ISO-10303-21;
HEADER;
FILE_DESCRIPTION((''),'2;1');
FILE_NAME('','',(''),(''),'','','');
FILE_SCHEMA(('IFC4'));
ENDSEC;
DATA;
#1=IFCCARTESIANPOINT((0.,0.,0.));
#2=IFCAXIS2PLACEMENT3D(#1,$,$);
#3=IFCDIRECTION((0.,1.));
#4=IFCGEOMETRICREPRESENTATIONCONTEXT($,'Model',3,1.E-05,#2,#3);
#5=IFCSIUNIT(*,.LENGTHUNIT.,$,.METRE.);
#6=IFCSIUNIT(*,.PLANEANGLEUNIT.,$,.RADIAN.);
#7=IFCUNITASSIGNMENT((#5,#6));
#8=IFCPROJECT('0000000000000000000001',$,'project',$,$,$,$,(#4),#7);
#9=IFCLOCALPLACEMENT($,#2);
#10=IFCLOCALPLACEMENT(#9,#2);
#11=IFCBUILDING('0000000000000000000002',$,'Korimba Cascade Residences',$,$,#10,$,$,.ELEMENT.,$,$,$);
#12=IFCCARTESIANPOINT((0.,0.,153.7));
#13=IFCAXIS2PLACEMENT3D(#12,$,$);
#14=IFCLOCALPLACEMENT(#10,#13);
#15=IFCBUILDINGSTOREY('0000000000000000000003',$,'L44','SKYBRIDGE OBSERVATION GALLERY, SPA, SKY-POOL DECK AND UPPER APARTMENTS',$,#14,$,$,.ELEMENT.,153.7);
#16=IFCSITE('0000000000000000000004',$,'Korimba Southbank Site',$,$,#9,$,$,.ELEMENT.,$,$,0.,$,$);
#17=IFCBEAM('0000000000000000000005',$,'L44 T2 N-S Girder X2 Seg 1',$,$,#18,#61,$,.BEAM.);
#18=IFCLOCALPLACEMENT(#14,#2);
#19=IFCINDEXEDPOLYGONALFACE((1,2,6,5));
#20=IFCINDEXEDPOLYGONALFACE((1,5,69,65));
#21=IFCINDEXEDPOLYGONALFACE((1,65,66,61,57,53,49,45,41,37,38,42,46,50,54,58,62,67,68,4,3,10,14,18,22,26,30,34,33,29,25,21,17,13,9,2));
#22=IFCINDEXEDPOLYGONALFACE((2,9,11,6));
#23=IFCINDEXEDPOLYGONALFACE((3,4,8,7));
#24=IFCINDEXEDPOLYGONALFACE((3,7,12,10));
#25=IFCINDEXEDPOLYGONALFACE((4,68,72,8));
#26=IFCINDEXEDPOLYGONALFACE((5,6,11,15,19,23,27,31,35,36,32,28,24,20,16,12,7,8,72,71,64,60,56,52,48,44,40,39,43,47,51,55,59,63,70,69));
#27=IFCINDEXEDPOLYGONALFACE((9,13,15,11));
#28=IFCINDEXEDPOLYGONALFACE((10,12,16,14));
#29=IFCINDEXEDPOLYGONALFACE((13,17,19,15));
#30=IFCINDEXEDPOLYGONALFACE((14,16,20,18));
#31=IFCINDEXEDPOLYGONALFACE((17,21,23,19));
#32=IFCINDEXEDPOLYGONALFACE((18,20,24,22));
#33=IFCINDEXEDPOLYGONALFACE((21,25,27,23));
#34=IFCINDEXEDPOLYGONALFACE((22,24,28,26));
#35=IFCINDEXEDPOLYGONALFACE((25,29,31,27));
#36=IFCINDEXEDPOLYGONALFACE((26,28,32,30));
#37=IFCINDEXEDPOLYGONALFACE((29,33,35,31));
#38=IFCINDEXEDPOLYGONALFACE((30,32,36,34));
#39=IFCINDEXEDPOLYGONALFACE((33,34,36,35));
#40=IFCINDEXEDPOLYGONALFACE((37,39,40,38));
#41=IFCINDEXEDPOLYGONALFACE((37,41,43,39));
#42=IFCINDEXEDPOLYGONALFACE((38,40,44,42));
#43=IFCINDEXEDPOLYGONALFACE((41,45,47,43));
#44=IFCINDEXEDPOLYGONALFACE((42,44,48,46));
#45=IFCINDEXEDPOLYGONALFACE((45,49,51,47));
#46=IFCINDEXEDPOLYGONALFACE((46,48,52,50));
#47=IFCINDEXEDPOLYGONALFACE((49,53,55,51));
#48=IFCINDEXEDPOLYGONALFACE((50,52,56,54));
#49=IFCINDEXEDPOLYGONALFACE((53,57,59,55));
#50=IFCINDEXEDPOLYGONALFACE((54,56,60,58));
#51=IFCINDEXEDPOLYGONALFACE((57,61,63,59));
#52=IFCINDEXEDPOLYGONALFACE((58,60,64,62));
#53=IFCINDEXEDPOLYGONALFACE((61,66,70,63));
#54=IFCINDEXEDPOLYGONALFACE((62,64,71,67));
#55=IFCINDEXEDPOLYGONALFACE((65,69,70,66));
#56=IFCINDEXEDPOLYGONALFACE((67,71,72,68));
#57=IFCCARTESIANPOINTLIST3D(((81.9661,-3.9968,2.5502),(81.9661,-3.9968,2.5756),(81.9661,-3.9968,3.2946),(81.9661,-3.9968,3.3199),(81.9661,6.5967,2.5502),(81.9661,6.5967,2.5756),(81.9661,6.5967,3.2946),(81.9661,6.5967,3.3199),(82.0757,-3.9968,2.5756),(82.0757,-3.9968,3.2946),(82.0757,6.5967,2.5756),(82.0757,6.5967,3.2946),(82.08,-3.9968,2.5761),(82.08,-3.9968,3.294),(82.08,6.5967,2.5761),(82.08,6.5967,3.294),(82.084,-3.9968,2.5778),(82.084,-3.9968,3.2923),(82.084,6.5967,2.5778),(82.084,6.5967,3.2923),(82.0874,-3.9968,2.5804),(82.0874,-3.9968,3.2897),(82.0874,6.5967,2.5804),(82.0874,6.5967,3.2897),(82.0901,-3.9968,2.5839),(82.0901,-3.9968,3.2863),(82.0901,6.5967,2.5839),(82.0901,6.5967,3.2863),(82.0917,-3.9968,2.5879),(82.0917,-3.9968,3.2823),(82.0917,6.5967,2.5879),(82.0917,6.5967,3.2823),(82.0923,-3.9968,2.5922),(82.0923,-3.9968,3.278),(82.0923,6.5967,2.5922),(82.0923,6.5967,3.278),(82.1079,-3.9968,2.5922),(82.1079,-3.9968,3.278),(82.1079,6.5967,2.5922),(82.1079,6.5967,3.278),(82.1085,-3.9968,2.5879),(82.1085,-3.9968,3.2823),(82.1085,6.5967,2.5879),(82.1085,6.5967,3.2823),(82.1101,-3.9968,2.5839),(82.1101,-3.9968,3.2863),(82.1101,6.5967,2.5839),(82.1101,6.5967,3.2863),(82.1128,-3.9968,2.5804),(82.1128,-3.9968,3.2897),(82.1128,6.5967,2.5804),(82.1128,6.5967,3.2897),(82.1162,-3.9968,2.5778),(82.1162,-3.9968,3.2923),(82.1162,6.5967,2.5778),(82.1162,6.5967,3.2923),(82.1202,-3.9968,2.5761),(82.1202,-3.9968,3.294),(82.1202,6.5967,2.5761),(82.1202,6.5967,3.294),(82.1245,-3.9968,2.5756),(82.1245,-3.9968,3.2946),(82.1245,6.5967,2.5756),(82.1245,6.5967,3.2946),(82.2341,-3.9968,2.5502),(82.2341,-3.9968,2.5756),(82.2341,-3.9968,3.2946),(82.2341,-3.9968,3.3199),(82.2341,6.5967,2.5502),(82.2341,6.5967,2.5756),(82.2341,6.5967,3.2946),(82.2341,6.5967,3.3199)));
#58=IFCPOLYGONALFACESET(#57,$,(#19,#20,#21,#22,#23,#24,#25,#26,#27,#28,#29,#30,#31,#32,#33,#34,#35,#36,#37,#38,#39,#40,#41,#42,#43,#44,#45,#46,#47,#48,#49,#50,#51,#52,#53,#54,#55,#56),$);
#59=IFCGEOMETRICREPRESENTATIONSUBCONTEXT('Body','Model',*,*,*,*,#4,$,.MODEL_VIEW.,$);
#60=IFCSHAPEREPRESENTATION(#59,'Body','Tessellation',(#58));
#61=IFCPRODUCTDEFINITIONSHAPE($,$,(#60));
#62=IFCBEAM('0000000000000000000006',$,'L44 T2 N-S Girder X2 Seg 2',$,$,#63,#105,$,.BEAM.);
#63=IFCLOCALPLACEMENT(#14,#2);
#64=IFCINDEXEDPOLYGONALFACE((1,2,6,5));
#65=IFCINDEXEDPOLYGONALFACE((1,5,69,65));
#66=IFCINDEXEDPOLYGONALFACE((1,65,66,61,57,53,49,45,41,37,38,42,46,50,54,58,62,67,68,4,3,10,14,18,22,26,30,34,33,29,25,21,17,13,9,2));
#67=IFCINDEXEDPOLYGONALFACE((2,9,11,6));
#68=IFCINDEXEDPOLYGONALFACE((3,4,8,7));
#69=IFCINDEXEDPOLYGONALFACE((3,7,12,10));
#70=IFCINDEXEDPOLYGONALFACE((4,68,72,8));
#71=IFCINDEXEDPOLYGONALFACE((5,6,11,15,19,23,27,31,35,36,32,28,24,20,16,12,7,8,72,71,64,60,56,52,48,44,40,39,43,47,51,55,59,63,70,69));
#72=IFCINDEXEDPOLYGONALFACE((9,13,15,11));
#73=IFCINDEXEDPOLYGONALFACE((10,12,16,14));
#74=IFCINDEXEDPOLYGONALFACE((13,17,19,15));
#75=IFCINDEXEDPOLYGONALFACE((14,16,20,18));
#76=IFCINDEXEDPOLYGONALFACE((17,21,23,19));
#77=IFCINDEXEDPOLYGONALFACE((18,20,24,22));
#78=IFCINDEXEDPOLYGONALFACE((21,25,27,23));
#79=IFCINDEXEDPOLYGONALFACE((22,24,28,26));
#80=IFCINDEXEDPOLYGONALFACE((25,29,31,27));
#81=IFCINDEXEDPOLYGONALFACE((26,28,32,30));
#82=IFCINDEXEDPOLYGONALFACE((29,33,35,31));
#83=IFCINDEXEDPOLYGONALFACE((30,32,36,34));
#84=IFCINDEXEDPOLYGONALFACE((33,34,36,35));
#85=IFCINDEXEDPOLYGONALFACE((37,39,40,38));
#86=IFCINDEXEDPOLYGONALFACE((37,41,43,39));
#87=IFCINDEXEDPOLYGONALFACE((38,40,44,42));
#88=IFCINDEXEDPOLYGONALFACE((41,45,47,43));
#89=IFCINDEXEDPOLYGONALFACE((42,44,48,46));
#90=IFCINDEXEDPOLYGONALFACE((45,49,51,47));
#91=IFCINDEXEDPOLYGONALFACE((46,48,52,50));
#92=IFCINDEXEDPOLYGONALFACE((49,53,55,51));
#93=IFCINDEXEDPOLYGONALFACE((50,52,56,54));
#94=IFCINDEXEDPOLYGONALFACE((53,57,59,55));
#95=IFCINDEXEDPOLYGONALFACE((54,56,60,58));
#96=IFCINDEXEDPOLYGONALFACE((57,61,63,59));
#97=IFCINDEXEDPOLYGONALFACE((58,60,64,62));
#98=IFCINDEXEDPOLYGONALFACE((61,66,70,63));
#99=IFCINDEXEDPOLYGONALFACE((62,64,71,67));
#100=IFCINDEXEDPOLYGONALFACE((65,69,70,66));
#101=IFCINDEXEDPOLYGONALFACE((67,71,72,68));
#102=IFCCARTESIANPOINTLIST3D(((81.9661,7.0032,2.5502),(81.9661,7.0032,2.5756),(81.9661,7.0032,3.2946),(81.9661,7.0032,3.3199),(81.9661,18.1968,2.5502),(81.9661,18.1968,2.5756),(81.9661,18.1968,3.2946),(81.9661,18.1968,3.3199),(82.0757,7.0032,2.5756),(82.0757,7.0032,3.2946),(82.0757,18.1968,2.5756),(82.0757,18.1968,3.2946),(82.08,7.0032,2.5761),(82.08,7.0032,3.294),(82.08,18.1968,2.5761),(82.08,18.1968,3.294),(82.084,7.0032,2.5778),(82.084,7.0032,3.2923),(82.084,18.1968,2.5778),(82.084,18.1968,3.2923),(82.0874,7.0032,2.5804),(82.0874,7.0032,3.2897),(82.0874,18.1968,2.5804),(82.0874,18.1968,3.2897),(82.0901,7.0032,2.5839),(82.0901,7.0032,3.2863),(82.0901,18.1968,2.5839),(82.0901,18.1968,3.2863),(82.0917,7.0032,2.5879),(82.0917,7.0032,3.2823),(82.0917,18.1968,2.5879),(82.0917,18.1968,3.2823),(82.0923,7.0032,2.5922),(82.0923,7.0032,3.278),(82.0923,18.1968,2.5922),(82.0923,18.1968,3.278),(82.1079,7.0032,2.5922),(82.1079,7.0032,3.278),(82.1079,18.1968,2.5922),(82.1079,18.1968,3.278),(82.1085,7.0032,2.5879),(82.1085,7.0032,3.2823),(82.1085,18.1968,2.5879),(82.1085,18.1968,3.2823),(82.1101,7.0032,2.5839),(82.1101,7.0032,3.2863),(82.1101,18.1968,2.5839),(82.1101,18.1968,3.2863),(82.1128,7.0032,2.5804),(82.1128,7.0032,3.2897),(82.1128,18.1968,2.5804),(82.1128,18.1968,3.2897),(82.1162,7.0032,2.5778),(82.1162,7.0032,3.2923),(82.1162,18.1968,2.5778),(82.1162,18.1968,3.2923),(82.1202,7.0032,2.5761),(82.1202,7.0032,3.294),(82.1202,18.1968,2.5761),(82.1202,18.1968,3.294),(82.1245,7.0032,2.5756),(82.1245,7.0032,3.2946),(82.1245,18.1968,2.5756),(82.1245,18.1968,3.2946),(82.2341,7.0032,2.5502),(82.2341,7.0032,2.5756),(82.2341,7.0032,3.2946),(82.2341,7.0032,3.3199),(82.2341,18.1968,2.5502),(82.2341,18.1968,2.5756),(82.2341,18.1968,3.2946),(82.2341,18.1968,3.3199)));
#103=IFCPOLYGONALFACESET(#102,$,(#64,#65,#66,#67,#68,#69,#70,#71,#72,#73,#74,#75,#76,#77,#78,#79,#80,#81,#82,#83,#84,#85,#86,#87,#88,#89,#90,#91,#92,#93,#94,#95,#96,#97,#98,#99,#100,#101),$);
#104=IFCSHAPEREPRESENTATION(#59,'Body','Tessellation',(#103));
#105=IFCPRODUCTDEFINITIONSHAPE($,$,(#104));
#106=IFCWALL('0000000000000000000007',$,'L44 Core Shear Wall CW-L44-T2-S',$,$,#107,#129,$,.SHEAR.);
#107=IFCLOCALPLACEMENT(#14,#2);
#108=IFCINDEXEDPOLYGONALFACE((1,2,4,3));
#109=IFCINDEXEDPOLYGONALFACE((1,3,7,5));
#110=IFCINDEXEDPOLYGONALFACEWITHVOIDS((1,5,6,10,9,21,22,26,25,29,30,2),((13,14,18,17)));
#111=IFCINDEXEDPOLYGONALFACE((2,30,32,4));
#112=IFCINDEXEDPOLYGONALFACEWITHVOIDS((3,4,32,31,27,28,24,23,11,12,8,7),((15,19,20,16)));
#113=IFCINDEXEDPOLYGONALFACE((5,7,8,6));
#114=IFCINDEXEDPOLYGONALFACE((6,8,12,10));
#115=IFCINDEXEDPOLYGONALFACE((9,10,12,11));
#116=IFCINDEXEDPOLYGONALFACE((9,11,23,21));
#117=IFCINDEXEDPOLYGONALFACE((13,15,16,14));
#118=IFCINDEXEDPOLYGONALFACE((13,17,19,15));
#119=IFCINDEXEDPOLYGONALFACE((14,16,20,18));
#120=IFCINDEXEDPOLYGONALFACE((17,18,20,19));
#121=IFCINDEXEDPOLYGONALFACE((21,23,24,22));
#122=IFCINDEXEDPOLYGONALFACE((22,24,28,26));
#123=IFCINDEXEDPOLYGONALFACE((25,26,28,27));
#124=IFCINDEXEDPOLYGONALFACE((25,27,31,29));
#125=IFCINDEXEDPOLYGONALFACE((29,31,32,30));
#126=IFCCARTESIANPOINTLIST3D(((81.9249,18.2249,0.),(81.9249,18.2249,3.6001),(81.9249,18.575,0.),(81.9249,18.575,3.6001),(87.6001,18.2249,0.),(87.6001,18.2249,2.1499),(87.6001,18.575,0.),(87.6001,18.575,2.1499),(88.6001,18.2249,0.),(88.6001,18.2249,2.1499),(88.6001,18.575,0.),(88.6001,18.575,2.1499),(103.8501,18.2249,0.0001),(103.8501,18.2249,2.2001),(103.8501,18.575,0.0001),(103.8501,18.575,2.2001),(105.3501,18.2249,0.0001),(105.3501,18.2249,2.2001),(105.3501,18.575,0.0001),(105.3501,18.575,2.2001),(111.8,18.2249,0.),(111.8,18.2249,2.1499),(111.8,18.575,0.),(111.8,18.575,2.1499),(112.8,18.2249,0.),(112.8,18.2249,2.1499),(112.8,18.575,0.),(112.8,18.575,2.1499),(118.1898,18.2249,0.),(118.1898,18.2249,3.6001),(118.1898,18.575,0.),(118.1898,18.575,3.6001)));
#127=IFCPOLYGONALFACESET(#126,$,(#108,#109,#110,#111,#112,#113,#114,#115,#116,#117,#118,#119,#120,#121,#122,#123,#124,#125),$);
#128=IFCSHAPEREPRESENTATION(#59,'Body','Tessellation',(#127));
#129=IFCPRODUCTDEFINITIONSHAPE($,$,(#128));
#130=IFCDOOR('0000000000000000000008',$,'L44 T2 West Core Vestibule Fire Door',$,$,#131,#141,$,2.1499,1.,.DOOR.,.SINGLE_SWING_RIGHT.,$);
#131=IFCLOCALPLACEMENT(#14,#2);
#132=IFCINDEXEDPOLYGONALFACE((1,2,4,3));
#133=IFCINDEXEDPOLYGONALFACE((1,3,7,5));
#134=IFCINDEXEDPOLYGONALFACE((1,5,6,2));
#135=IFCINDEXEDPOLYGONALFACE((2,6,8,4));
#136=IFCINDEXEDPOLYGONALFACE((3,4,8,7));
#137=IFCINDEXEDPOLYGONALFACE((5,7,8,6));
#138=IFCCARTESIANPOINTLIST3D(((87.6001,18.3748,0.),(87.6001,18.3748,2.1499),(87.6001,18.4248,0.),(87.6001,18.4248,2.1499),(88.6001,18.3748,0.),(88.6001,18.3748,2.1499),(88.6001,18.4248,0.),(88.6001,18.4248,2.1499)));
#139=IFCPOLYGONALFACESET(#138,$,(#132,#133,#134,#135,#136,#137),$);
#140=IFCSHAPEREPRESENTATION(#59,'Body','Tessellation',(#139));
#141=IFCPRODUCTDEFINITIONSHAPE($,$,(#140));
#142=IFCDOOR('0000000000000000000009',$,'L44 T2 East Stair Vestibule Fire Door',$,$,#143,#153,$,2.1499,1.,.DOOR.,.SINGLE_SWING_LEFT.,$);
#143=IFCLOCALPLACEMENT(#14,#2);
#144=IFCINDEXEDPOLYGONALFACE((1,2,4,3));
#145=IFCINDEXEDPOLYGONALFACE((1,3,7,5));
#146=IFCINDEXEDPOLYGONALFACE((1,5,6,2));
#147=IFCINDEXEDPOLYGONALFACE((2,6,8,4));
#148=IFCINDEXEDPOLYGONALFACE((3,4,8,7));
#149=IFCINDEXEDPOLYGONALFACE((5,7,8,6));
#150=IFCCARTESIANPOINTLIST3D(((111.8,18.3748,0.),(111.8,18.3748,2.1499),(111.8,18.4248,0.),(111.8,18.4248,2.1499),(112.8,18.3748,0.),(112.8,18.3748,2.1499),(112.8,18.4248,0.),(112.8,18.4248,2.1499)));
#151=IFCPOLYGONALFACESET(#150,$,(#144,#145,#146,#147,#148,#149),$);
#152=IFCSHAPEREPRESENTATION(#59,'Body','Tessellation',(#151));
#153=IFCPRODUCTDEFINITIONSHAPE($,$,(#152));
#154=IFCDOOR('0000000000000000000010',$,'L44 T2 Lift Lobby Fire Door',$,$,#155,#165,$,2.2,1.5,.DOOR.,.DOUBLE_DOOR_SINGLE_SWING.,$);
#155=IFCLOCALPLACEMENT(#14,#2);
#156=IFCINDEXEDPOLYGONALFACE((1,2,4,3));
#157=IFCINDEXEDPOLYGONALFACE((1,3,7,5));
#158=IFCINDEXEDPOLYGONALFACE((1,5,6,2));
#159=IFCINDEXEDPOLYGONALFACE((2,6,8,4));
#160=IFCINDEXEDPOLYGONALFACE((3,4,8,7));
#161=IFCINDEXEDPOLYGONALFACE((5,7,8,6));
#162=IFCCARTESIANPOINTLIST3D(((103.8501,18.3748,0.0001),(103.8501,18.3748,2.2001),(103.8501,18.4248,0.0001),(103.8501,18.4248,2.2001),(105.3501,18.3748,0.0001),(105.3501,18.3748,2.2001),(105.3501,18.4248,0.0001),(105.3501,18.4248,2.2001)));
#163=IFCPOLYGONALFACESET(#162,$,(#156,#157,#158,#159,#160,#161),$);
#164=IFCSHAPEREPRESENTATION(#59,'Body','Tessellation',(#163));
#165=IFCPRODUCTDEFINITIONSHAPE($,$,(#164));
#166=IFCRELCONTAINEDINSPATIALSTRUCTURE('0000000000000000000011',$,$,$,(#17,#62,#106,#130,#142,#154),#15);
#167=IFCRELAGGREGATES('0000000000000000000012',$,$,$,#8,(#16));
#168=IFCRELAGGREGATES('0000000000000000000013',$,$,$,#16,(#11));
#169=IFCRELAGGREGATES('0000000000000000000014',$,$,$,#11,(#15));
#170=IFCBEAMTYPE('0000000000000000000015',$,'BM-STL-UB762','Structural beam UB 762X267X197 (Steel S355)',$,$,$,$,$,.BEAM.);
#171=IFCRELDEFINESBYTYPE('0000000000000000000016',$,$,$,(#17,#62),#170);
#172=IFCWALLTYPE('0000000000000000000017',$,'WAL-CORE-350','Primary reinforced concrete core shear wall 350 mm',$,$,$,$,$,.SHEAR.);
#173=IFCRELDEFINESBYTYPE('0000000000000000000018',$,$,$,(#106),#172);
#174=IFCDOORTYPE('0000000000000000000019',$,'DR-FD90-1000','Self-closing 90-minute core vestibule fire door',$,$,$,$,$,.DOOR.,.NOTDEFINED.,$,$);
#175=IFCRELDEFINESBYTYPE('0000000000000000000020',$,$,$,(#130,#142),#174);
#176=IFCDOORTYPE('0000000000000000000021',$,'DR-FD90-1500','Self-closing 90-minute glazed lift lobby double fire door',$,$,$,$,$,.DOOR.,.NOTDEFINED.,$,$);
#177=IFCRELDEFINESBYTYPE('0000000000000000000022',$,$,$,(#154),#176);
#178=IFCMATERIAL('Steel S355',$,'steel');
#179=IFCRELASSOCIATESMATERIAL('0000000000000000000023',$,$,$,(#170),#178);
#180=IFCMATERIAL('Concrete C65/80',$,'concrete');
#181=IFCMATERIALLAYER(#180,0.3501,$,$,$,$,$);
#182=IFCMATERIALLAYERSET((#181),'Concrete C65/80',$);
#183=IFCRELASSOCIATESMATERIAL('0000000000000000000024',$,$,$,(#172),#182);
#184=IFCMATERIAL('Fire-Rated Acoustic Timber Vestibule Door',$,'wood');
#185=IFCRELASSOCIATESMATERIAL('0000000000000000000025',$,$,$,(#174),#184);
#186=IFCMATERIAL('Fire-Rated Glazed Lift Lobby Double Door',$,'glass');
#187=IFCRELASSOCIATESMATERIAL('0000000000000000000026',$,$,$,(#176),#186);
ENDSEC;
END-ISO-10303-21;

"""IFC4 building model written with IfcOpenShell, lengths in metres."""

from ifc_helpers import new_model, si_unit, direction, frame, frame_2d, origin, origin_2d, place, context, subcontext, project, spatial, rectangle, i_section, extrude, material, layer, layer_set, material_profile, profile_set, type_object, element, fill, save


model = new_model("IFC4")

# Units and contexts
model_context = context("Model", 3, precision=1e-05, world=origin(), true_north=direction((0.0, 1.0)))
body_context = subcontext(model_context, "Body", "Model", "MODEL_VIEW")
ifc_project = project(units=[si_unit("LENGTHUNIT", "METRE"), si_unit("PLANEANGLEUNIT", "RADIAN")], contexts=[model_context])

# Site, building, storey
site_placement = place(None, origin())
site = spatial("IfcSite", under=ifc_project, at=site_placement, Name="Korimba Southbank Site", CompositionType="ELEMENT", RefElevation=0.0)
building_placement = place(site_placement, origin())
building = spatial("IfcBuilding", under=site, at=building_placement, Name="Korimba Cascade Residences", CompositionType="ELEMENT")
storey_placement = place(building_placement, frame((0.0, 0.0, 153.7)))
storey = spatial("IfcBuildingStorey", under=building, at=storey_placement, Name="L44", Description="SKYBRIDGE OBSERVATION GALLERY, SPA, SKY-POOL DECK AND UPPER APARTMENTS", CompositionType="ELEMENT", Elevation=153.7)

# Beams
ifc_material_1 = material(Name="Steel S355", Category="steel")
ifc_material_profile_1 = material_profile(ifc_material_1, i_section(OverallWidth=0.2681, OverallDepth=0.7698, WebThickness=0.0156, FlangeThickness=0.0254, FilletRadius=0.0166, at=origin_2d()), Name="Steel S355")
ifc_profile_set_1 = profile_set([ifc_material_profile_1], Name="Steel S355")
beam_type_1 = type_object("IfcBeamType", Name="BM-STL-UB762", Description="Structural beam UB 762X267X197 (Steel S355)", PredefinedType="BEAM", material=ifc_profile_set_1)
beam_1_placement = place(storey_placement, frame((82.1001, -3.9968, 2.9351), z_axis=(0.0, 1.0, 0.0), x_axis=(-1.0, 0.0, 0.0)))
element("IfcBeam", 1, at=beam_1_placement, inside=storey, type_object=beam_type_1, Name="L44 T2 N-S Girder X2 Seg 1", PredefinedType="BEAM", context=body_context, shape_type="SweptSolid", body=[
    extrude(i_section(OverallWidth=0.2681, OverallDepth=0.7698, WebThickness=0.0156, FlangeThickness=0.0254, FilletRadius=0.0166, at=origin_2d()), origin(), (0.0, 0.0, 1.0), 10.5935),
])
beam_2_placement = place(storey_placement, frame((82.1001, 7.0032, 2.9351), z_axis=(0.0, 1.0, 0.0), x_axis=(-1.0, 0.0, 0.0)))
element("IfcBeam", 2, at=beam_2_placement, inside=storey, type_object=beam_type_1, Name="L44 T2 N-S Girder X2 Seg 2", PredefinedType="BEAM", context=body_context, shape_type="SweptSolid", body=[
    extrude(i_section(OverallWidth=0.2681, OverallDepth=0.7698, WebThickness=0.0156, FlangeThickness=0.0254, FilletRadius=0.0166, at=origin_2d()), origin(), (0.0, 0.0, 1.0), 11.1936),
])

# Wall, openings, doors
ifc_material_2 = material(Name="Concrete C65/80", Category="concrete")
ifc_layer_1 = layer(ifc_material_2, 0.3501)
ifc_layer_set_1 = layer_set([ifc_layer_1], Name="Concrete C65/80")
wall_type_1 = type_object("IfcWallType", Name="WAL-CORE-350", Description="Primary reinforced concrete core shear wall 350 mm", PredefinedType="SHEAR", material=ifc_layer_set_1)
wall_1_placement = place(storey_placement, frame((81.925, 18.3999, 0.0), z_axis=(0.0, 0.0, 1.0), x_axis=(1.0, 0.0, 0.0)))
wall_1 = element("IfcWall", 3, at=wall_1_placement, inside=storey, type_object=wall_type_1, Name="L44 Core Shear Wall CW-L44-T2-S", PredefinedType="SHEAR", context=body_context, shape_type="SweptSolid", body=[
    extrude(rectangle(XDim=36.2649, YDim=0.3501, at=frame_2d((18.1323, 0.0))), origin(), (0.0, 0.0, 1.0), 3.6001),
])
opening_1_placement = place(wall_1_placement, frame((5.675, 0.0, 0.0)))
opening_1 = element("IfcOpeningElement", 4, at=opening_1_placement, cuts=wall_1, PredefinedType="OPENING", context=body_context, shape_type="SweptSolid", body=[
    extrude(rectangle(XDim=1.0, YDim=2.1499, at=frame_2d((0.5, 1.075))), frame((0.0, 0.1851, 0.0), z_axis=(0.0, -1.0, 0.0), x_axis=(1.0, 0.0, 0.0)), (0.0, 0.0, 1.0), 0.3701),
])
opening_2_placement = place(wall_1_placement, frame((21.925, 0.0, 0.0)))
opening_2 = element("IfcOpeningElement", 5, at=opening_2_placement, cuts=wall_1, PredefinedType="OPENING", context=body_context, shape_type="SweptSolid", body=[
    extrude(rectangle(XDim=1.5, YDim=2.2, at=frame_2d((0.75, 1.1001))), frame((0.0, 0.1851, 0.0), z_axis=(0.0, -1.0, 0.0), x_axis=(1.0, 0.0, 0.0)), (0.0, 0.0, 1.0), 0.3701),
])
opening_3_placement = place(wall_1_placement, frame((29.875, 0.0, 0.0)))
opening_3 = element("IfcOpeningElement", 6, at=opening_3_placement, cuts=wall_1, PredefinedType="OPENING", context=body_context, shape_type="SweptSolid", body=[
    extrude(rectangle(XDim=1.0, YDim=2.1499, at=frame_2d((0.5, 1.075))), frame((0.0, 0.1851, 0.0), z_axis=(0.0, -1.0, 0.0), x_axis=(1.0, 0.0, 0.0)), (0.0, 0.0, 1.0), 0.3701),
])
ifc_material_3 = material(Name="Fire-Rated Acoustic Timber Vestibule Door", Category="wood")
door_type_1 = type_object("IfcDoorType", Name="DR-FD90-1000", Description="Self-closing 90-minute core vestibule fire door", OperationType="NOTDEFINED", PredefinedType="DOOR", material=ifc_material_3)
door_1_placement = place(opening_1_placement, origin())
door_1 = element("IfcDoor", 7, at=door_1_placement, inside=storey, type_object=door_type_1, Name="L44 T2 West Core Vestibule Fire Door", OperationType="SINGLE_SWING_RIGHT", OverallHeight=2.1499, OverallWidth=1.0, PredefinedType="DOOR", context=body_context, shape_type="SweptSolid", body=[
    extrude(rectangle(XDim=1.0, YDim=2.1499, at=frame_2d((0.5, 1.075))), frame((0.0, 0.0249, 0.0), z_axis=(0.0, -1.0, 0.0), x_axis=(1.0, 0.0, 0.0)), (0.0, 0.0, 1.0), 0.05),
])
fill(opening_1, door_1)
door_2_placement = place(opening_3_placement, origin())
door_2 = element("IfcDoor", 8, at=door_2_placement, inside=storey, type_object=door_type_1, Name="L44 T2 East Stair Vestibule Fire Door", OperationType="SINGLE_SWING_LEFT", OverallHeight=2.1499, OverallWidth=1.0, PredefinedType="DOOR", context=body_context, shape_type="SweptSolid", body=[
    extrude(rectangle(XDim=1.0, YDim=2.1499, at=frame_2d((0.5, 1.075))), frame((0.0, 0.0249, 0.0), z_axis=(0.0, -1.0, 0.0), x_axis=(1.0, 0.0, 0.0)), (0.0, 0.0, 1.0), 0.05),
])
fill(opening_3, door_2)
ifc_material_4 = material(Name="Fire-Rated Glazed Lift Lobby Double Door", Category="glass")
door_type_2 = type_object("IfcDoorType", Name="DR-FD90-1500", Description="Self-closing 90-minute glazed lift lobby double fire door", OperationType="NOTDEFINED", PredefinedType="DOOR", material=ifc_material_4)
door_3_placement = place(opening_2_placement, origin())
door_3 = element("IfcDoor", 9, at=door_3_placement, inside=storey, type_object=door_type_2, Name="L44 T2 Lift Lobby Fire Door", OperationType="DOUBLE_DOOR_SINGLE_SWING", OverallHeight=2.2, OverallWidth=1.5, PredefinedType="DOOR", context=body_context, shape_type="SweptSolid", body=[
    extrude(rectangle(XDim=1.5, YDim=2.2, at=frame_2d((0.75, 1.1001))), frame((0.0, 0.0249, 0.0), z_axis=(0.0, -1.0, 0.0), x_axis=(1.0, 0.0, 0.0)), (0.0, 0.0, 1.0), 0.05),
])
fill(opening_2, door_3)

save(model, "model.ifc")
